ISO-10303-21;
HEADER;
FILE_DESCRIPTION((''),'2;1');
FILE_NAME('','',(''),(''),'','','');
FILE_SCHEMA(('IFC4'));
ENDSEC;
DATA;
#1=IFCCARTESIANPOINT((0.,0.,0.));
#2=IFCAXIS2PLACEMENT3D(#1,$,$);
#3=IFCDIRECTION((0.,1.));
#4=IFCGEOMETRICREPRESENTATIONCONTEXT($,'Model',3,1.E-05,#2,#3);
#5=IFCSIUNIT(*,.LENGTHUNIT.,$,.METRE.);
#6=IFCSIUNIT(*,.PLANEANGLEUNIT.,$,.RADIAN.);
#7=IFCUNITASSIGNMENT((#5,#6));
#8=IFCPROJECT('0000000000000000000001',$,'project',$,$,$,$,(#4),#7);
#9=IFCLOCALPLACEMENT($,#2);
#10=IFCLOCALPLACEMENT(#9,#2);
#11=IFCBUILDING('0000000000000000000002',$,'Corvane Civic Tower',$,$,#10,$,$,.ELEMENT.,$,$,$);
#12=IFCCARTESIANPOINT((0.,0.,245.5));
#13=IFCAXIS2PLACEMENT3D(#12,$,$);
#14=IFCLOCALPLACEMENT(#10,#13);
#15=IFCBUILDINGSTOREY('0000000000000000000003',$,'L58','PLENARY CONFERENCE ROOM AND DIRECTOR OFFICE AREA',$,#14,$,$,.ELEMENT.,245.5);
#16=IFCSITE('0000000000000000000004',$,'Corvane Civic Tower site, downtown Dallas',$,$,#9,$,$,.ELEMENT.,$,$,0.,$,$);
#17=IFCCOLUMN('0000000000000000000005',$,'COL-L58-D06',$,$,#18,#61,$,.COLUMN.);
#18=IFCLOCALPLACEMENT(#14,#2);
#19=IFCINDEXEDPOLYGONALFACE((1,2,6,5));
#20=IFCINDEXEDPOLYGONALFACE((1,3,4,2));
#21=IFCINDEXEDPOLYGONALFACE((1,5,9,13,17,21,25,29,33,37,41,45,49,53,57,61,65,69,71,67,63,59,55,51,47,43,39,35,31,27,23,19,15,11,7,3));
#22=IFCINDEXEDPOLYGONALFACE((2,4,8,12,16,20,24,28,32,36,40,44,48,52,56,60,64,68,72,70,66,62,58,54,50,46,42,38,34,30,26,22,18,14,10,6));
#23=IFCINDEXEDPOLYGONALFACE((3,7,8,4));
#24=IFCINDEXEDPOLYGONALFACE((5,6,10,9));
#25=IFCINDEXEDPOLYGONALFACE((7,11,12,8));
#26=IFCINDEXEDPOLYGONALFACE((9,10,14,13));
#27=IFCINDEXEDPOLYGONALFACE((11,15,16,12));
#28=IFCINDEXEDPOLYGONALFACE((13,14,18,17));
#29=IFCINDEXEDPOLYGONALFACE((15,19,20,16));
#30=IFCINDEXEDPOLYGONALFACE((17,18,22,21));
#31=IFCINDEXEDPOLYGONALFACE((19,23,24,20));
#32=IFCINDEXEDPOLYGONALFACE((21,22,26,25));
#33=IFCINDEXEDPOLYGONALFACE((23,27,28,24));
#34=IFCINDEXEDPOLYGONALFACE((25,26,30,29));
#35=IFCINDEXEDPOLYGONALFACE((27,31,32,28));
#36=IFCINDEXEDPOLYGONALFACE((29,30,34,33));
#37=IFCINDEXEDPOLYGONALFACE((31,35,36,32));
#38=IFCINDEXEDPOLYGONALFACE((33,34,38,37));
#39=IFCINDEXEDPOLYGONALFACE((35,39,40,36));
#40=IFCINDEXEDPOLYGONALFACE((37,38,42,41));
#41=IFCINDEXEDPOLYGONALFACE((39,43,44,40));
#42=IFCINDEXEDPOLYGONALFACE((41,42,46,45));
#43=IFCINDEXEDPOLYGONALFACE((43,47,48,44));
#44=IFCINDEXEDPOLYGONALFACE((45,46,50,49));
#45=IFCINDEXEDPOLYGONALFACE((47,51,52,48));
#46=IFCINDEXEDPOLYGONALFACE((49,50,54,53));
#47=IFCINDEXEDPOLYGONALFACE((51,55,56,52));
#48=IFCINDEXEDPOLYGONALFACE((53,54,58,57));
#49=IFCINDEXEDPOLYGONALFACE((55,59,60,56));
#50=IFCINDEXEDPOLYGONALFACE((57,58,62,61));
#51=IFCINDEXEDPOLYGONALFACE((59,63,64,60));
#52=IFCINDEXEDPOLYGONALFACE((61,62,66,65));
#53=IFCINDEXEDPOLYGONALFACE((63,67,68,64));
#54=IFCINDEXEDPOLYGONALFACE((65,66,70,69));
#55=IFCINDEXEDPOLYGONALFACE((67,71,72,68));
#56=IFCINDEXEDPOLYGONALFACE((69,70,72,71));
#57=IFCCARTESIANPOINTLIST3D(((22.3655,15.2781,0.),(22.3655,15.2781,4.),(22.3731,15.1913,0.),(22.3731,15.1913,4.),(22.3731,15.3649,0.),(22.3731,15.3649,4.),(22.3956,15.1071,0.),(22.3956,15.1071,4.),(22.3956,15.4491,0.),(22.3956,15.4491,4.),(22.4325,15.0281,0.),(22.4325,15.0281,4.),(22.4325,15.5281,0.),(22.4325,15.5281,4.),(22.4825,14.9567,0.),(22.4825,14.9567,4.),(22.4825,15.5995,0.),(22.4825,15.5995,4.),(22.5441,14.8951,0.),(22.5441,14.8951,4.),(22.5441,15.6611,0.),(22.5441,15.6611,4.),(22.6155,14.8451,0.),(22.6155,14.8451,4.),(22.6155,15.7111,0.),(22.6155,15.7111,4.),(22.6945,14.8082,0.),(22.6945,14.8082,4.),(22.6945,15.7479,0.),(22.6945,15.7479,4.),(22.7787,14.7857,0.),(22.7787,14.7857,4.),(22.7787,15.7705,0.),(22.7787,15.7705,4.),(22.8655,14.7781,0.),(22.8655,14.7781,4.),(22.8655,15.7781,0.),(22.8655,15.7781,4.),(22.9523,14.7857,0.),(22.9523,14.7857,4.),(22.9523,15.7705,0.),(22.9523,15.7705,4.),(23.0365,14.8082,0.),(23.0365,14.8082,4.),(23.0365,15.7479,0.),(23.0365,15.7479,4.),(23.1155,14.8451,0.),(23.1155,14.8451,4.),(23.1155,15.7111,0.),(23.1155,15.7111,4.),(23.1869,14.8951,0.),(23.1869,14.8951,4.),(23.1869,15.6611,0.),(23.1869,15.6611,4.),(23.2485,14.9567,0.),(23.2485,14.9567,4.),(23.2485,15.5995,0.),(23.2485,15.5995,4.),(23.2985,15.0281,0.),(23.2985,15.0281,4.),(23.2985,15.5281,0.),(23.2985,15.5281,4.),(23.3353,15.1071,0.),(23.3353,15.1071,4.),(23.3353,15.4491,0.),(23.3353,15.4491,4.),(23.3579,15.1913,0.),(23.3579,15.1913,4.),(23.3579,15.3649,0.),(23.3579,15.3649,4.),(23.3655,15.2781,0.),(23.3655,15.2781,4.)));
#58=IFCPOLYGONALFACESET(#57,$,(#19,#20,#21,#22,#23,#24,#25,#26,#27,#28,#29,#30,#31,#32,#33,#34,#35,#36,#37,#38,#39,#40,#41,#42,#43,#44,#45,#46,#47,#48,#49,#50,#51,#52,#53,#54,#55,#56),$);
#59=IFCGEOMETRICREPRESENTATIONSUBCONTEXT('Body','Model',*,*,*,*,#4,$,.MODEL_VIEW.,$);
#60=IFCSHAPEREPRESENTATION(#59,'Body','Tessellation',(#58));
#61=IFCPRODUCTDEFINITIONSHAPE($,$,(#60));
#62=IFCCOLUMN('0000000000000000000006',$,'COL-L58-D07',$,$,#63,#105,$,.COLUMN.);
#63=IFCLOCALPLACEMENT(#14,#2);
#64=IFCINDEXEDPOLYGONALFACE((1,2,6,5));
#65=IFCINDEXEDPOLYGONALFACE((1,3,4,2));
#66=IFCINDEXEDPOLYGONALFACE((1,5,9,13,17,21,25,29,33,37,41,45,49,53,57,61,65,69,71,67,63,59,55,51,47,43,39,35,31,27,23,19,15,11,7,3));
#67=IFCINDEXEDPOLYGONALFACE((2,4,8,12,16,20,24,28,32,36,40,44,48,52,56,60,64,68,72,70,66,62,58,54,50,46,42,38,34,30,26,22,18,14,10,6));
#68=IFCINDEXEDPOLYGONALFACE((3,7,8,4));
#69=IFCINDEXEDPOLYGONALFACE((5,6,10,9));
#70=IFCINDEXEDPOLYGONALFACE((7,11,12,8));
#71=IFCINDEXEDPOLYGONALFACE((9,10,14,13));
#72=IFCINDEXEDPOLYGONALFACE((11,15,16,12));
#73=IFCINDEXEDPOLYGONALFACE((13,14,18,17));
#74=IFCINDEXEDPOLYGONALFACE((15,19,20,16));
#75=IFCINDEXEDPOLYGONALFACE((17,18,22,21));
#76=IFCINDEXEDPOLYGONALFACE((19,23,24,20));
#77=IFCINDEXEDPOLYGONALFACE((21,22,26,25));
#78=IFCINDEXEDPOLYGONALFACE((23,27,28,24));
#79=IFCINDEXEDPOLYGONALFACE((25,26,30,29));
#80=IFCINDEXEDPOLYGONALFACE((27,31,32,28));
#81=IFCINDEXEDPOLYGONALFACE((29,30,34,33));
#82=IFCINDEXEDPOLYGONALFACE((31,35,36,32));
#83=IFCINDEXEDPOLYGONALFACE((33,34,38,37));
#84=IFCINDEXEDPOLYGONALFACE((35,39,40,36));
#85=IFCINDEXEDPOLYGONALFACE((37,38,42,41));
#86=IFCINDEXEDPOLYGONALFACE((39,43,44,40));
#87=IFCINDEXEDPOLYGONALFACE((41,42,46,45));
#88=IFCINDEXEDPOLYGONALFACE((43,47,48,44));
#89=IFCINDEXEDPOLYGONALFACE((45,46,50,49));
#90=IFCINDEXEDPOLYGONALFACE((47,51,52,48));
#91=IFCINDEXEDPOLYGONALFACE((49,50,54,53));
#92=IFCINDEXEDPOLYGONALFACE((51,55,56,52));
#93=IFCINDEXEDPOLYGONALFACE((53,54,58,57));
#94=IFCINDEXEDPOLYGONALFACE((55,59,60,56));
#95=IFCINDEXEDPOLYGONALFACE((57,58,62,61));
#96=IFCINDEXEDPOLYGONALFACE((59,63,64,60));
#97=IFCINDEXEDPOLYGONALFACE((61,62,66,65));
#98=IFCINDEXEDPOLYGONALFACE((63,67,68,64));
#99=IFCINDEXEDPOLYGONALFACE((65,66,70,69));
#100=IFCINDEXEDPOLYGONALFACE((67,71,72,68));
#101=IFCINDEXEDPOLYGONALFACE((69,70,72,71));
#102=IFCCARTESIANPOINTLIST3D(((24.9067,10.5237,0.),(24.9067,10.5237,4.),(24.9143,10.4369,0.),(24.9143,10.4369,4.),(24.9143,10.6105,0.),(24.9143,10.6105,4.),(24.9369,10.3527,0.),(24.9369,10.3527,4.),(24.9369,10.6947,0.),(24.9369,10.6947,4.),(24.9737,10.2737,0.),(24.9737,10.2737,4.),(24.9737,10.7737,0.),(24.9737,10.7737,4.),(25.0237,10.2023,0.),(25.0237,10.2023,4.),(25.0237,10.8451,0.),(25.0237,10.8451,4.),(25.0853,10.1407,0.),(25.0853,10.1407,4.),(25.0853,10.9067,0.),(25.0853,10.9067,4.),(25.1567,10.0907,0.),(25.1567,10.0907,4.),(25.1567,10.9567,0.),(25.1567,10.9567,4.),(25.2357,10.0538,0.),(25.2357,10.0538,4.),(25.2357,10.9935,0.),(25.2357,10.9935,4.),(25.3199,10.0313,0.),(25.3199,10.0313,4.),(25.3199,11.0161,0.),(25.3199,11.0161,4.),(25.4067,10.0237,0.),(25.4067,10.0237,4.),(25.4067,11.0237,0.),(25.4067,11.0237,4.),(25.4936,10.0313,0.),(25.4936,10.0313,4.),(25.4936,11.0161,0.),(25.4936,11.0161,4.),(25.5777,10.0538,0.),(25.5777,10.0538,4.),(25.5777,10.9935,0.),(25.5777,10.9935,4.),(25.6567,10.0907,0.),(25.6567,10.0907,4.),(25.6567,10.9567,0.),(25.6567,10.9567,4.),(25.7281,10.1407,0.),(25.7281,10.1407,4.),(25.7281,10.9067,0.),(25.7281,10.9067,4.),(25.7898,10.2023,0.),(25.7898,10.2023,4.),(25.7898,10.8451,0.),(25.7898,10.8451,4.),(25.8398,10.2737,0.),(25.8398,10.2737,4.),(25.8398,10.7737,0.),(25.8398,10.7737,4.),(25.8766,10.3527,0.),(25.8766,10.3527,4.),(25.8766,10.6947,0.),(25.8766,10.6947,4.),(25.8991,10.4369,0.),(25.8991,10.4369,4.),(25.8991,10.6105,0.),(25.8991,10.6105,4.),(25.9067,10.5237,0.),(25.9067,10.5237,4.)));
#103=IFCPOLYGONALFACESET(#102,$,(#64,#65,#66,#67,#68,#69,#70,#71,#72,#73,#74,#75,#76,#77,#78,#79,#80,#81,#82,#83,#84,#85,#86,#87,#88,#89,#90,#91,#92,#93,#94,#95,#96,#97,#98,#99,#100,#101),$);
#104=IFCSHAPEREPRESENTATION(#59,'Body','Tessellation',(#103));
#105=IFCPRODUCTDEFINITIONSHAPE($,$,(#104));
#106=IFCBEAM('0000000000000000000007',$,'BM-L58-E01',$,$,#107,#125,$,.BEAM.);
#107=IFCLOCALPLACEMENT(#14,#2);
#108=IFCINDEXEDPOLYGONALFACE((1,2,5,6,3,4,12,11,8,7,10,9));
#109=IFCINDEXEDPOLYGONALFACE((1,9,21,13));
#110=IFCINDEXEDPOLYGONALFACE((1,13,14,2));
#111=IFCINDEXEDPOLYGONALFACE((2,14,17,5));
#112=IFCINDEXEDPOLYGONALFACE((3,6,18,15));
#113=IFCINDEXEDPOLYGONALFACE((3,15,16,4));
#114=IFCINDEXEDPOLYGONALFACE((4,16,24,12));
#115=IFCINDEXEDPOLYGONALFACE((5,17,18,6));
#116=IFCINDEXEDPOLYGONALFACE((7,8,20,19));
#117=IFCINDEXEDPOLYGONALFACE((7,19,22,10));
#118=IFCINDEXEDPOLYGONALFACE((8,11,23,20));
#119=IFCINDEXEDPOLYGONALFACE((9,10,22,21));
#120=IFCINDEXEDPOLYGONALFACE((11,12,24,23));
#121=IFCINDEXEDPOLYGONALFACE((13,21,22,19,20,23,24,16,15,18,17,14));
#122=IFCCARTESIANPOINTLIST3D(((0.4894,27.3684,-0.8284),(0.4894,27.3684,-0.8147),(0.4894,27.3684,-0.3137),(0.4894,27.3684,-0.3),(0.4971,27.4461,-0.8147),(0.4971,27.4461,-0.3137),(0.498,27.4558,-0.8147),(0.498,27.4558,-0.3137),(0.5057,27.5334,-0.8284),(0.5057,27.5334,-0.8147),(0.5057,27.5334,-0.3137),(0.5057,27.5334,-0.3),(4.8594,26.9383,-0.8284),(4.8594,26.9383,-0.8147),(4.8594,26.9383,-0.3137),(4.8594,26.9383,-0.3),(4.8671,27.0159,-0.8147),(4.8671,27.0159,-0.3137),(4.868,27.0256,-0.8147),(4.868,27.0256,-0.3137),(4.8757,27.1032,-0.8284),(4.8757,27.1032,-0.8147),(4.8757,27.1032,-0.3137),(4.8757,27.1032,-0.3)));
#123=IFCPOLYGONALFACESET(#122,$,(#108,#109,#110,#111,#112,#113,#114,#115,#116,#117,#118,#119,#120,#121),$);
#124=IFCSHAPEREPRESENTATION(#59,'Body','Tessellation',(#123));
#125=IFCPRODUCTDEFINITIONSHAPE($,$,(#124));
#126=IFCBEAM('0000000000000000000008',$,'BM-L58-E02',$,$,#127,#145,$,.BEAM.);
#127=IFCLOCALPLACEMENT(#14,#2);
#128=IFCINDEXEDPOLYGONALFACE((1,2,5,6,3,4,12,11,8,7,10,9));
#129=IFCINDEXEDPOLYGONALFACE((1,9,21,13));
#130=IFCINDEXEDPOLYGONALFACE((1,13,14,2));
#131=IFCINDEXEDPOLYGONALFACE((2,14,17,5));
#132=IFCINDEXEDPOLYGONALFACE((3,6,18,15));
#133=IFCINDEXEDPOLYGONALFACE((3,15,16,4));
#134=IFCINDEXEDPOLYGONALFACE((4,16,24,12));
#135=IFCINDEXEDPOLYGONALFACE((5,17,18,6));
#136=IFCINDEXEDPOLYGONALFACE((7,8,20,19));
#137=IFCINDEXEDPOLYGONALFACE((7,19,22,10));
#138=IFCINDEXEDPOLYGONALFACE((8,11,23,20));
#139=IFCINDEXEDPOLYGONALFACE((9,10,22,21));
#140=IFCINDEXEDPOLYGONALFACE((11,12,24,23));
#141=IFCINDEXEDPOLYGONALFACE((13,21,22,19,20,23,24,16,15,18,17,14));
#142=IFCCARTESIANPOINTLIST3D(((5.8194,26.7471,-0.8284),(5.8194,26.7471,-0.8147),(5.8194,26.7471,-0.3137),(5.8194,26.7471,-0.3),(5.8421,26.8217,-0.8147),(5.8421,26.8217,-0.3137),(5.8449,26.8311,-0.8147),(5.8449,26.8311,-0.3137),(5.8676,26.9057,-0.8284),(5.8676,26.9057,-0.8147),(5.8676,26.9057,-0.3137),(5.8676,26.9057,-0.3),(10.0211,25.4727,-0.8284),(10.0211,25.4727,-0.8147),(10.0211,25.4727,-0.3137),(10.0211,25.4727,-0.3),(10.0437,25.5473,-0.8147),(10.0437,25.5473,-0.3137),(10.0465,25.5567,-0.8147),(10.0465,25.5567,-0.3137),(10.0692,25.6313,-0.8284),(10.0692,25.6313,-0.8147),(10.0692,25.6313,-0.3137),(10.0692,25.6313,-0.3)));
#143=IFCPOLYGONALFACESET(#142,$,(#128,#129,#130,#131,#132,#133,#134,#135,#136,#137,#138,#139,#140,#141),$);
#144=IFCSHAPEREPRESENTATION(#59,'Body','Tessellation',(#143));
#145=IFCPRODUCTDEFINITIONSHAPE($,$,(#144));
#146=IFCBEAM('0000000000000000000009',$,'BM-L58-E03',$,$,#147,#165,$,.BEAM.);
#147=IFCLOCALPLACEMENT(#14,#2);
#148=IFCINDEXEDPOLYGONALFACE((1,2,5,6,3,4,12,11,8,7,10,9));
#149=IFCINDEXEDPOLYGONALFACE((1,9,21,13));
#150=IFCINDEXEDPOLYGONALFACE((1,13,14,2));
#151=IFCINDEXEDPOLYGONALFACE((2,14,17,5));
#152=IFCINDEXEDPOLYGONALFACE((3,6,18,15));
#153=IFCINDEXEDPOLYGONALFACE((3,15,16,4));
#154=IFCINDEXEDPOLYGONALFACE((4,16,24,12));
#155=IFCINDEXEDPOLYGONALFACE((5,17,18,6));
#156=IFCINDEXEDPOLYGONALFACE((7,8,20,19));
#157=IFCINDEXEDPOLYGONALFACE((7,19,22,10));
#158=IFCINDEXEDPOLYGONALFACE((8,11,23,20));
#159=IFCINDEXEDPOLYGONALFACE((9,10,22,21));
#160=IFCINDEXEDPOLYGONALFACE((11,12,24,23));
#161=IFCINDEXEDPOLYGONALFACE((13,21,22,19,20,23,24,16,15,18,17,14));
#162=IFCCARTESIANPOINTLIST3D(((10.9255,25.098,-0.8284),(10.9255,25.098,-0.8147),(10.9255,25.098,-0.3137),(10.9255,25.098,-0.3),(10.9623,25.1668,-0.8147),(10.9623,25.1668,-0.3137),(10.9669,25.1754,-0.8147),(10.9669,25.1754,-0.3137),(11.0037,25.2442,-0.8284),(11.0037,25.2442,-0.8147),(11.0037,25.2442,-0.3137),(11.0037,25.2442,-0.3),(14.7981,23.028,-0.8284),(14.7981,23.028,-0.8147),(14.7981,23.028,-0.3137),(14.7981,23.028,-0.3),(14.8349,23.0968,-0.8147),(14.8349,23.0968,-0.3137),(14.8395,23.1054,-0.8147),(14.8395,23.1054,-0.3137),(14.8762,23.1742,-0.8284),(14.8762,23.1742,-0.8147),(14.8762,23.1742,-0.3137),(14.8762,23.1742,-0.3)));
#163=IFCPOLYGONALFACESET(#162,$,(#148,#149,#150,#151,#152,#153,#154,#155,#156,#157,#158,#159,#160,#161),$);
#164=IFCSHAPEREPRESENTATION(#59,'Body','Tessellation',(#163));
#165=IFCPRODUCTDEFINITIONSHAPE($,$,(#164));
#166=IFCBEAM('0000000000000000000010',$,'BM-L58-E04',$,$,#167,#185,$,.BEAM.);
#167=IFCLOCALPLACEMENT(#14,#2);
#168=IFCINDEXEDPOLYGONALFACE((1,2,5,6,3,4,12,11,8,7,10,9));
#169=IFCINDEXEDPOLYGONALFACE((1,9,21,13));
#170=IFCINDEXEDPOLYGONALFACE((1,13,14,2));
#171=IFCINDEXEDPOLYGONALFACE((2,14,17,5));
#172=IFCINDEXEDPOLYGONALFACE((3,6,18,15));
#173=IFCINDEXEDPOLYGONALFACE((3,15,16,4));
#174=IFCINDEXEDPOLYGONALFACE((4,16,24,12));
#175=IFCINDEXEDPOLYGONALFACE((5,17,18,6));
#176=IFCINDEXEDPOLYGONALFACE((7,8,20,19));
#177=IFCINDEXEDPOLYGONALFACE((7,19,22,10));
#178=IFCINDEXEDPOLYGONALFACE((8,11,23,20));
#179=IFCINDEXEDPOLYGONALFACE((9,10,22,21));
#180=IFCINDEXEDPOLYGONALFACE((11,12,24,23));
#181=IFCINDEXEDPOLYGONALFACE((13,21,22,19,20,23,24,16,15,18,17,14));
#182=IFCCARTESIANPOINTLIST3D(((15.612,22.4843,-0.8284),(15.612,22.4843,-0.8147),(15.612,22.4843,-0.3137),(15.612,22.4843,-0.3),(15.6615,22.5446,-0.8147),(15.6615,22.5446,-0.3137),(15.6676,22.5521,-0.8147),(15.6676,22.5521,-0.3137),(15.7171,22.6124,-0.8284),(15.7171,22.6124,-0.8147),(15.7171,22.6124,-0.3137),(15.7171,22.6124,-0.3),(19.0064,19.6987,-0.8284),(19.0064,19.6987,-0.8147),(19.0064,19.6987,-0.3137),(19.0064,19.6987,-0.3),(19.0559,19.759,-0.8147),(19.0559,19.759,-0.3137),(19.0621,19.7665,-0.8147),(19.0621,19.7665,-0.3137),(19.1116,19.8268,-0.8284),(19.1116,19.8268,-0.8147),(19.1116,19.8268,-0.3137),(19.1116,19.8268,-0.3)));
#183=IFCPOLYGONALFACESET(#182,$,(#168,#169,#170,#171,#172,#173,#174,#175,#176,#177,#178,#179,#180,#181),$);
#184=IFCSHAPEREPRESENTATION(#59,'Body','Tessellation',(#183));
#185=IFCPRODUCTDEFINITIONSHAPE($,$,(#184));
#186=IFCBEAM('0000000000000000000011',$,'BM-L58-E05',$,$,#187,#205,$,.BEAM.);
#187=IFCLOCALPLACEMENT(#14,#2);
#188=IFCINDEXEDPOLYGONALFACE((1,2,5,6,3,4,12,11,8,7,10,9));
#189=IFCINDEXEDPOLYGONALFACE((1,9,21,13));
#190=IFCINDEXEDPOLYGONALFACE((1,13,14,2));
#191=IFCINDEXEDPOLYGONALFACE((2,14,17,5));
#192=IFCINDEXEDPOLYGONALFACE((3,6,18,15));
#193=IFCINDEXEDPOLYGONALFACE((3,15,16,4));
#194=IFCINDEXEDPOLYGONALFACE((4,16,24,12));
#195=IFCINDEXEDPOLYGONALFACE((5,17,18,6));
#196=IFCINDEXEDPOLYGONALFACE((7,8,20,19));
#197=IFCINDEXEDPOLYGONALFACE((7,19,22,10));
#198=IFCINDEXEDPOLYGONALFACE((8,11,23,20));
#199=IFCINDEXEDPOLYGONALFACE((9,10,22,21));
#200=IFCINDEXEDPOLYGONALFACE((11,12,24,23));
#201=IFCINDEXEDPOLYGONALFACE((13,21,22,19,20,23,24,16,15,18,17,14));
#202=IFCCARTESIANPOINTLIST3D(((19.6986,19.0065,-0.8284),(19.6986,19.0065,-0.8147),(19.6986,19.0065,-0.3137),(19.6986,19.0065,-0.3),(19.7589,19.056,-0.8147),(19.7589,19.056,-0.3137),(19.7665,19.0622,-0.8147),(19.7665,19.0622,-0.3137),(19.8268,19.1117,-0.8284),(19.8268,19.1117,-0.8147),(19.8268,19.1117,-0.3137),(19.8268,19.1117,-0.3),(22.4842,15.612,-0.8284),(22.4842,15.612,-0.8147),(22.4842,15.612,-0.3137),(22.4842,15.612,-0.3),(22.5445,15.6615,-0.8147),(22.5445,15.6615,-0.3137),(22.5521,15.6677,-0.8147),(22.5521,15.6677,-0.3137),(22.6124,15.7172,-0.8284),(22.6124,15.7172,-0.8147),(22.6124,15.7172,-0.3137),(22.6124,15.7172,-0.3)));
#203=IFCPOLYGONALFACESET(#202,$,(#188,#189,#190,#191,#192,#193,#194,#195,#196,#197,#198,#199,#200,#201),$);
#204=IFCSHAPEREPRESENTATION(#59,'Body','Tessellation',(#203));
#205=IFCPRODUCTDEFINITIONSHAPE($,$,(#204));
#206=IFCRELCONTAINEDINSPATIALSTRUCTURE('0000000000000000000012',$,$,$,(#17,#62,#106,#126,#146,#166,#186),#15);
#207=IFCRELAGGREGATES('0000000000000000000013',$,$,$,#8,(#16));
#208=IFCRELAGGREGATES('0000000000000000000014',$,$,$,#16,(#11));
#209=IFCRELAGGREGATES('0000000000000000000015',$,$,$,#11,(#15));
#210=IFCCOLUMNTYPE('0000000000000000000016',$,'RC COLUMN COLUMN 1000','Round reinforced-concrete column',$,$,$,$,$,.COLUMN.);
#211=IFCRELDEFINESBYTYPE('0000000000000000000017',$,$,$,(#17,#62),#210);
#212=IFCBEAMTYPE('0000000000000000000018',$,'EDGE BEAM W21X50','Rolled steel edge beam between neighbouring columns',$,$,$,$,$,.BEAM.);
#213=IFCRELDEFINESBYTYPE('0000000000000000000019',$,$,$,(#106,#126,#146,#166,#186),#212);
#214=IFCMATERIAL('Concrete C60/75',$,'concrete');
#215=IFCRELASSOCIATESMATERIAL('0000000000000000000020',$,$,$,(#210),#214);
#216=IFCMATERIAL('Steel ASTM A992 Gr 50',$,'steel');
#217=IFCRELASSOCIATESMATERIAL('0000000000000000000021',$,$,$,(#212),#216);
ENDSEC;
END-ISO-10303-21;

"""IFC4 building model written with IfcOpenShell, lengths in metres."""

from ifc_helpers import new_model, si_unit, direction, frame, origin, origin_2d, place, context, subcontext, project, spatial, circle, i_section, extrude, material, material_profile, profile_set, type_object, element, save


model = new_model("IFC4")

# Units and contexts
model_context = context("Model", 3, precision=1e-05, world=origin(), true_north=direction((0.0, 1.0)))
body_context = subcontext(model_context, "Body", "Model", "MODEL_VIEW")
ifc_project = project(units=[si_unit("LENGTHUNIT", "METRE"), si_unit("PLANEANGLEUNIT", "RADIAN")], contexts=[model_context])

# Site, building, storey
site_placement = place(None, origin())
site = spatial("IfcSite", under=ifc_project, at=site_placement, Name="Corvane Civic Tower site, downtown Dallas", CompositionType="ELEMENT", RefElevation=0.0)
building_placement = place(site_placement, origin())
building = spatial("IfcBuilding", under=site, at=building_placement, Name="Corvane Civic Tower", CompositionType="ELEMENT")
storey_placement = place(building_placement, frame((0.0, 0.0, 245.5)))
storey = spatial("IfcBuildingStorey", under=building, at=storey_placement, Name="L58", Description="PLENARY CONFERENCE ROOM AND DIRECTOR OFFICE AREA", CompositionType="ELEMENT", Elevation=245.5)

# Columns
ifc_material_1 = material(Name="Concrete C60/75", Category="concrete")
ifc_material_profile_1 = material_profile(ifc_material_1, circle(Radius=0.5, at=origin_2d()), Name="COLUMN 1000")
ifc_profile_set_1 = profile_set([ifc_material_profile_1], Name="Concrete C60/75")
column_type = type_object("IfcColumnType", Name="RC COLUMN COLUMN 1000", Description="Round reinforced-concrete column", PredefinedType="COLUMN", material=ifc_profile_set_1)
for number, where, z_axis, x_axis, name in (
    (1, (22.8655, 15.2781, 0.0), (0.0, 0.0, 1.0), (1.0, 0.0, 0.0), "COL-L58-D06"),
    (2, (25.4067, 10.5237, 0.0), (0.0, 0.0, 1.0), (1.0, 0.0, 0.0), "COL-L58-D07"),
):
    element("IfcColumn", number, at=place(storey_placement, frame(where, z_axis=z_axis, x_axis=x_axis)), inside=storey, type_object=column_type, Name=name, PredefinedType="COLUMN", context=body_context, shape_type="SweptSolid", body=[
        extrude(circle(Radius=0.5, at=origin_2d()), origin(), (0.0, 0.0, 1.0), 4.0),
    ])

# Beams
ifc_material_2 = material(Name="Steel ASTM A992 Gr 50", Category="steel")
ifc_material_profile_2 = material_profile(ifc_material_2, i_section(OverallWidth=0.1658, OverallDepth=0.5283, WebThickness=0.0098, FlangeThickness=0.0137, at=origin_2d()), Name="W21X50")
ifc_profile_set_2 = profile_set([ifc_material_profile_2], Name="Steel ASTM A992 Gr 50")
beam_type_1 = type_object("IfcBeamType", Name="EDGE BEAM W21X50", Description="Rolled steel edge beam between neighbouring columns", PredefinedType="BEAM", material=ifc_profile_set_2)
beam_1_placement = place(storey_placement, frame((0.4976, 27.4509, -0.5642), z_axis=(0.99519, -0.097968, 0.0), x_axis=(0.097968, 0.99519, 0.0)))
element("IfcBeam", 3, at=beam_1_placement, inside=storey, type_object=beam_type_1, Name="BM-L58-E01", PredefinedType="BEAM", context=body_context, shape_type="SweptSolid", body=[
    extrude(i_section(OverallWidth=0.1658, OverallDepth=0.5283, WebThickness=0.0098, FlangeThickness=0.0137, at=origin_2d()), origin(), (0.0, 0.0, 1.0), 4.3911),
])
beam_2_placement = place(storey_placement, frame((5.8435, 26.8264, -0.5642), z_axis=(0.95695, -0.290254, 0.0), x_axis=(0.290254, 0.95695, 0.0)))
element("IfcBeam", 4, at=beam_2_placement, inside=storey, type_object=beam_type_1, Name="BM-L58-E02", PredefinedType="BEAM", context=body_context, shape_type="SweptSolid", body=[
    extrude(i_section(OverallWidth=0.1658, OverallDepth=0.5283, WebThickness=0.0098, FlangeThickness=0.0137, at=origin_2d()), origin(), (0.0, 0.0, 1.0), 4.3906),
])
for number, where, z_axis, x_axis, name in (
    (5, (10.9646, 25.1711, -0.5642), (0.881908, -0.471422, 0.0), (0.471422, 0.881908, 0.0), "BM-L58-E03"),
    (6, (15.6646, 22.5483, -0.5642), (0.77303, -0.634369, 0.0), (0.634369, 0.77303, 0.0), "BM-L58-E04"),
    (7, (19.7627, 19.0591, -0.5642), (0.634369, -0.77303, 0.0), (0.77303, 0.634369, 0.0), "BM-L58-E05"),
):
    element("IfcBeam", number, at=place(storey_placement, frame(where, z_axis=z_axis, x_axis=x_axis)), inside=storey, type_object=beam_type_1, Name=name, PredefinedType="BEAM", context=body_context, shape_type="SweptSolid", body=[
        extrude(i_section(OverallWidth=0.1658, OverallDepth=0.5283, WebThickness=0.0098, FlangeThickness=0.0137, at=origin_2d()), origin(), (0.0, 0.0, 1.0), 4.3911),
    ])

save(model, "model.ifc")
